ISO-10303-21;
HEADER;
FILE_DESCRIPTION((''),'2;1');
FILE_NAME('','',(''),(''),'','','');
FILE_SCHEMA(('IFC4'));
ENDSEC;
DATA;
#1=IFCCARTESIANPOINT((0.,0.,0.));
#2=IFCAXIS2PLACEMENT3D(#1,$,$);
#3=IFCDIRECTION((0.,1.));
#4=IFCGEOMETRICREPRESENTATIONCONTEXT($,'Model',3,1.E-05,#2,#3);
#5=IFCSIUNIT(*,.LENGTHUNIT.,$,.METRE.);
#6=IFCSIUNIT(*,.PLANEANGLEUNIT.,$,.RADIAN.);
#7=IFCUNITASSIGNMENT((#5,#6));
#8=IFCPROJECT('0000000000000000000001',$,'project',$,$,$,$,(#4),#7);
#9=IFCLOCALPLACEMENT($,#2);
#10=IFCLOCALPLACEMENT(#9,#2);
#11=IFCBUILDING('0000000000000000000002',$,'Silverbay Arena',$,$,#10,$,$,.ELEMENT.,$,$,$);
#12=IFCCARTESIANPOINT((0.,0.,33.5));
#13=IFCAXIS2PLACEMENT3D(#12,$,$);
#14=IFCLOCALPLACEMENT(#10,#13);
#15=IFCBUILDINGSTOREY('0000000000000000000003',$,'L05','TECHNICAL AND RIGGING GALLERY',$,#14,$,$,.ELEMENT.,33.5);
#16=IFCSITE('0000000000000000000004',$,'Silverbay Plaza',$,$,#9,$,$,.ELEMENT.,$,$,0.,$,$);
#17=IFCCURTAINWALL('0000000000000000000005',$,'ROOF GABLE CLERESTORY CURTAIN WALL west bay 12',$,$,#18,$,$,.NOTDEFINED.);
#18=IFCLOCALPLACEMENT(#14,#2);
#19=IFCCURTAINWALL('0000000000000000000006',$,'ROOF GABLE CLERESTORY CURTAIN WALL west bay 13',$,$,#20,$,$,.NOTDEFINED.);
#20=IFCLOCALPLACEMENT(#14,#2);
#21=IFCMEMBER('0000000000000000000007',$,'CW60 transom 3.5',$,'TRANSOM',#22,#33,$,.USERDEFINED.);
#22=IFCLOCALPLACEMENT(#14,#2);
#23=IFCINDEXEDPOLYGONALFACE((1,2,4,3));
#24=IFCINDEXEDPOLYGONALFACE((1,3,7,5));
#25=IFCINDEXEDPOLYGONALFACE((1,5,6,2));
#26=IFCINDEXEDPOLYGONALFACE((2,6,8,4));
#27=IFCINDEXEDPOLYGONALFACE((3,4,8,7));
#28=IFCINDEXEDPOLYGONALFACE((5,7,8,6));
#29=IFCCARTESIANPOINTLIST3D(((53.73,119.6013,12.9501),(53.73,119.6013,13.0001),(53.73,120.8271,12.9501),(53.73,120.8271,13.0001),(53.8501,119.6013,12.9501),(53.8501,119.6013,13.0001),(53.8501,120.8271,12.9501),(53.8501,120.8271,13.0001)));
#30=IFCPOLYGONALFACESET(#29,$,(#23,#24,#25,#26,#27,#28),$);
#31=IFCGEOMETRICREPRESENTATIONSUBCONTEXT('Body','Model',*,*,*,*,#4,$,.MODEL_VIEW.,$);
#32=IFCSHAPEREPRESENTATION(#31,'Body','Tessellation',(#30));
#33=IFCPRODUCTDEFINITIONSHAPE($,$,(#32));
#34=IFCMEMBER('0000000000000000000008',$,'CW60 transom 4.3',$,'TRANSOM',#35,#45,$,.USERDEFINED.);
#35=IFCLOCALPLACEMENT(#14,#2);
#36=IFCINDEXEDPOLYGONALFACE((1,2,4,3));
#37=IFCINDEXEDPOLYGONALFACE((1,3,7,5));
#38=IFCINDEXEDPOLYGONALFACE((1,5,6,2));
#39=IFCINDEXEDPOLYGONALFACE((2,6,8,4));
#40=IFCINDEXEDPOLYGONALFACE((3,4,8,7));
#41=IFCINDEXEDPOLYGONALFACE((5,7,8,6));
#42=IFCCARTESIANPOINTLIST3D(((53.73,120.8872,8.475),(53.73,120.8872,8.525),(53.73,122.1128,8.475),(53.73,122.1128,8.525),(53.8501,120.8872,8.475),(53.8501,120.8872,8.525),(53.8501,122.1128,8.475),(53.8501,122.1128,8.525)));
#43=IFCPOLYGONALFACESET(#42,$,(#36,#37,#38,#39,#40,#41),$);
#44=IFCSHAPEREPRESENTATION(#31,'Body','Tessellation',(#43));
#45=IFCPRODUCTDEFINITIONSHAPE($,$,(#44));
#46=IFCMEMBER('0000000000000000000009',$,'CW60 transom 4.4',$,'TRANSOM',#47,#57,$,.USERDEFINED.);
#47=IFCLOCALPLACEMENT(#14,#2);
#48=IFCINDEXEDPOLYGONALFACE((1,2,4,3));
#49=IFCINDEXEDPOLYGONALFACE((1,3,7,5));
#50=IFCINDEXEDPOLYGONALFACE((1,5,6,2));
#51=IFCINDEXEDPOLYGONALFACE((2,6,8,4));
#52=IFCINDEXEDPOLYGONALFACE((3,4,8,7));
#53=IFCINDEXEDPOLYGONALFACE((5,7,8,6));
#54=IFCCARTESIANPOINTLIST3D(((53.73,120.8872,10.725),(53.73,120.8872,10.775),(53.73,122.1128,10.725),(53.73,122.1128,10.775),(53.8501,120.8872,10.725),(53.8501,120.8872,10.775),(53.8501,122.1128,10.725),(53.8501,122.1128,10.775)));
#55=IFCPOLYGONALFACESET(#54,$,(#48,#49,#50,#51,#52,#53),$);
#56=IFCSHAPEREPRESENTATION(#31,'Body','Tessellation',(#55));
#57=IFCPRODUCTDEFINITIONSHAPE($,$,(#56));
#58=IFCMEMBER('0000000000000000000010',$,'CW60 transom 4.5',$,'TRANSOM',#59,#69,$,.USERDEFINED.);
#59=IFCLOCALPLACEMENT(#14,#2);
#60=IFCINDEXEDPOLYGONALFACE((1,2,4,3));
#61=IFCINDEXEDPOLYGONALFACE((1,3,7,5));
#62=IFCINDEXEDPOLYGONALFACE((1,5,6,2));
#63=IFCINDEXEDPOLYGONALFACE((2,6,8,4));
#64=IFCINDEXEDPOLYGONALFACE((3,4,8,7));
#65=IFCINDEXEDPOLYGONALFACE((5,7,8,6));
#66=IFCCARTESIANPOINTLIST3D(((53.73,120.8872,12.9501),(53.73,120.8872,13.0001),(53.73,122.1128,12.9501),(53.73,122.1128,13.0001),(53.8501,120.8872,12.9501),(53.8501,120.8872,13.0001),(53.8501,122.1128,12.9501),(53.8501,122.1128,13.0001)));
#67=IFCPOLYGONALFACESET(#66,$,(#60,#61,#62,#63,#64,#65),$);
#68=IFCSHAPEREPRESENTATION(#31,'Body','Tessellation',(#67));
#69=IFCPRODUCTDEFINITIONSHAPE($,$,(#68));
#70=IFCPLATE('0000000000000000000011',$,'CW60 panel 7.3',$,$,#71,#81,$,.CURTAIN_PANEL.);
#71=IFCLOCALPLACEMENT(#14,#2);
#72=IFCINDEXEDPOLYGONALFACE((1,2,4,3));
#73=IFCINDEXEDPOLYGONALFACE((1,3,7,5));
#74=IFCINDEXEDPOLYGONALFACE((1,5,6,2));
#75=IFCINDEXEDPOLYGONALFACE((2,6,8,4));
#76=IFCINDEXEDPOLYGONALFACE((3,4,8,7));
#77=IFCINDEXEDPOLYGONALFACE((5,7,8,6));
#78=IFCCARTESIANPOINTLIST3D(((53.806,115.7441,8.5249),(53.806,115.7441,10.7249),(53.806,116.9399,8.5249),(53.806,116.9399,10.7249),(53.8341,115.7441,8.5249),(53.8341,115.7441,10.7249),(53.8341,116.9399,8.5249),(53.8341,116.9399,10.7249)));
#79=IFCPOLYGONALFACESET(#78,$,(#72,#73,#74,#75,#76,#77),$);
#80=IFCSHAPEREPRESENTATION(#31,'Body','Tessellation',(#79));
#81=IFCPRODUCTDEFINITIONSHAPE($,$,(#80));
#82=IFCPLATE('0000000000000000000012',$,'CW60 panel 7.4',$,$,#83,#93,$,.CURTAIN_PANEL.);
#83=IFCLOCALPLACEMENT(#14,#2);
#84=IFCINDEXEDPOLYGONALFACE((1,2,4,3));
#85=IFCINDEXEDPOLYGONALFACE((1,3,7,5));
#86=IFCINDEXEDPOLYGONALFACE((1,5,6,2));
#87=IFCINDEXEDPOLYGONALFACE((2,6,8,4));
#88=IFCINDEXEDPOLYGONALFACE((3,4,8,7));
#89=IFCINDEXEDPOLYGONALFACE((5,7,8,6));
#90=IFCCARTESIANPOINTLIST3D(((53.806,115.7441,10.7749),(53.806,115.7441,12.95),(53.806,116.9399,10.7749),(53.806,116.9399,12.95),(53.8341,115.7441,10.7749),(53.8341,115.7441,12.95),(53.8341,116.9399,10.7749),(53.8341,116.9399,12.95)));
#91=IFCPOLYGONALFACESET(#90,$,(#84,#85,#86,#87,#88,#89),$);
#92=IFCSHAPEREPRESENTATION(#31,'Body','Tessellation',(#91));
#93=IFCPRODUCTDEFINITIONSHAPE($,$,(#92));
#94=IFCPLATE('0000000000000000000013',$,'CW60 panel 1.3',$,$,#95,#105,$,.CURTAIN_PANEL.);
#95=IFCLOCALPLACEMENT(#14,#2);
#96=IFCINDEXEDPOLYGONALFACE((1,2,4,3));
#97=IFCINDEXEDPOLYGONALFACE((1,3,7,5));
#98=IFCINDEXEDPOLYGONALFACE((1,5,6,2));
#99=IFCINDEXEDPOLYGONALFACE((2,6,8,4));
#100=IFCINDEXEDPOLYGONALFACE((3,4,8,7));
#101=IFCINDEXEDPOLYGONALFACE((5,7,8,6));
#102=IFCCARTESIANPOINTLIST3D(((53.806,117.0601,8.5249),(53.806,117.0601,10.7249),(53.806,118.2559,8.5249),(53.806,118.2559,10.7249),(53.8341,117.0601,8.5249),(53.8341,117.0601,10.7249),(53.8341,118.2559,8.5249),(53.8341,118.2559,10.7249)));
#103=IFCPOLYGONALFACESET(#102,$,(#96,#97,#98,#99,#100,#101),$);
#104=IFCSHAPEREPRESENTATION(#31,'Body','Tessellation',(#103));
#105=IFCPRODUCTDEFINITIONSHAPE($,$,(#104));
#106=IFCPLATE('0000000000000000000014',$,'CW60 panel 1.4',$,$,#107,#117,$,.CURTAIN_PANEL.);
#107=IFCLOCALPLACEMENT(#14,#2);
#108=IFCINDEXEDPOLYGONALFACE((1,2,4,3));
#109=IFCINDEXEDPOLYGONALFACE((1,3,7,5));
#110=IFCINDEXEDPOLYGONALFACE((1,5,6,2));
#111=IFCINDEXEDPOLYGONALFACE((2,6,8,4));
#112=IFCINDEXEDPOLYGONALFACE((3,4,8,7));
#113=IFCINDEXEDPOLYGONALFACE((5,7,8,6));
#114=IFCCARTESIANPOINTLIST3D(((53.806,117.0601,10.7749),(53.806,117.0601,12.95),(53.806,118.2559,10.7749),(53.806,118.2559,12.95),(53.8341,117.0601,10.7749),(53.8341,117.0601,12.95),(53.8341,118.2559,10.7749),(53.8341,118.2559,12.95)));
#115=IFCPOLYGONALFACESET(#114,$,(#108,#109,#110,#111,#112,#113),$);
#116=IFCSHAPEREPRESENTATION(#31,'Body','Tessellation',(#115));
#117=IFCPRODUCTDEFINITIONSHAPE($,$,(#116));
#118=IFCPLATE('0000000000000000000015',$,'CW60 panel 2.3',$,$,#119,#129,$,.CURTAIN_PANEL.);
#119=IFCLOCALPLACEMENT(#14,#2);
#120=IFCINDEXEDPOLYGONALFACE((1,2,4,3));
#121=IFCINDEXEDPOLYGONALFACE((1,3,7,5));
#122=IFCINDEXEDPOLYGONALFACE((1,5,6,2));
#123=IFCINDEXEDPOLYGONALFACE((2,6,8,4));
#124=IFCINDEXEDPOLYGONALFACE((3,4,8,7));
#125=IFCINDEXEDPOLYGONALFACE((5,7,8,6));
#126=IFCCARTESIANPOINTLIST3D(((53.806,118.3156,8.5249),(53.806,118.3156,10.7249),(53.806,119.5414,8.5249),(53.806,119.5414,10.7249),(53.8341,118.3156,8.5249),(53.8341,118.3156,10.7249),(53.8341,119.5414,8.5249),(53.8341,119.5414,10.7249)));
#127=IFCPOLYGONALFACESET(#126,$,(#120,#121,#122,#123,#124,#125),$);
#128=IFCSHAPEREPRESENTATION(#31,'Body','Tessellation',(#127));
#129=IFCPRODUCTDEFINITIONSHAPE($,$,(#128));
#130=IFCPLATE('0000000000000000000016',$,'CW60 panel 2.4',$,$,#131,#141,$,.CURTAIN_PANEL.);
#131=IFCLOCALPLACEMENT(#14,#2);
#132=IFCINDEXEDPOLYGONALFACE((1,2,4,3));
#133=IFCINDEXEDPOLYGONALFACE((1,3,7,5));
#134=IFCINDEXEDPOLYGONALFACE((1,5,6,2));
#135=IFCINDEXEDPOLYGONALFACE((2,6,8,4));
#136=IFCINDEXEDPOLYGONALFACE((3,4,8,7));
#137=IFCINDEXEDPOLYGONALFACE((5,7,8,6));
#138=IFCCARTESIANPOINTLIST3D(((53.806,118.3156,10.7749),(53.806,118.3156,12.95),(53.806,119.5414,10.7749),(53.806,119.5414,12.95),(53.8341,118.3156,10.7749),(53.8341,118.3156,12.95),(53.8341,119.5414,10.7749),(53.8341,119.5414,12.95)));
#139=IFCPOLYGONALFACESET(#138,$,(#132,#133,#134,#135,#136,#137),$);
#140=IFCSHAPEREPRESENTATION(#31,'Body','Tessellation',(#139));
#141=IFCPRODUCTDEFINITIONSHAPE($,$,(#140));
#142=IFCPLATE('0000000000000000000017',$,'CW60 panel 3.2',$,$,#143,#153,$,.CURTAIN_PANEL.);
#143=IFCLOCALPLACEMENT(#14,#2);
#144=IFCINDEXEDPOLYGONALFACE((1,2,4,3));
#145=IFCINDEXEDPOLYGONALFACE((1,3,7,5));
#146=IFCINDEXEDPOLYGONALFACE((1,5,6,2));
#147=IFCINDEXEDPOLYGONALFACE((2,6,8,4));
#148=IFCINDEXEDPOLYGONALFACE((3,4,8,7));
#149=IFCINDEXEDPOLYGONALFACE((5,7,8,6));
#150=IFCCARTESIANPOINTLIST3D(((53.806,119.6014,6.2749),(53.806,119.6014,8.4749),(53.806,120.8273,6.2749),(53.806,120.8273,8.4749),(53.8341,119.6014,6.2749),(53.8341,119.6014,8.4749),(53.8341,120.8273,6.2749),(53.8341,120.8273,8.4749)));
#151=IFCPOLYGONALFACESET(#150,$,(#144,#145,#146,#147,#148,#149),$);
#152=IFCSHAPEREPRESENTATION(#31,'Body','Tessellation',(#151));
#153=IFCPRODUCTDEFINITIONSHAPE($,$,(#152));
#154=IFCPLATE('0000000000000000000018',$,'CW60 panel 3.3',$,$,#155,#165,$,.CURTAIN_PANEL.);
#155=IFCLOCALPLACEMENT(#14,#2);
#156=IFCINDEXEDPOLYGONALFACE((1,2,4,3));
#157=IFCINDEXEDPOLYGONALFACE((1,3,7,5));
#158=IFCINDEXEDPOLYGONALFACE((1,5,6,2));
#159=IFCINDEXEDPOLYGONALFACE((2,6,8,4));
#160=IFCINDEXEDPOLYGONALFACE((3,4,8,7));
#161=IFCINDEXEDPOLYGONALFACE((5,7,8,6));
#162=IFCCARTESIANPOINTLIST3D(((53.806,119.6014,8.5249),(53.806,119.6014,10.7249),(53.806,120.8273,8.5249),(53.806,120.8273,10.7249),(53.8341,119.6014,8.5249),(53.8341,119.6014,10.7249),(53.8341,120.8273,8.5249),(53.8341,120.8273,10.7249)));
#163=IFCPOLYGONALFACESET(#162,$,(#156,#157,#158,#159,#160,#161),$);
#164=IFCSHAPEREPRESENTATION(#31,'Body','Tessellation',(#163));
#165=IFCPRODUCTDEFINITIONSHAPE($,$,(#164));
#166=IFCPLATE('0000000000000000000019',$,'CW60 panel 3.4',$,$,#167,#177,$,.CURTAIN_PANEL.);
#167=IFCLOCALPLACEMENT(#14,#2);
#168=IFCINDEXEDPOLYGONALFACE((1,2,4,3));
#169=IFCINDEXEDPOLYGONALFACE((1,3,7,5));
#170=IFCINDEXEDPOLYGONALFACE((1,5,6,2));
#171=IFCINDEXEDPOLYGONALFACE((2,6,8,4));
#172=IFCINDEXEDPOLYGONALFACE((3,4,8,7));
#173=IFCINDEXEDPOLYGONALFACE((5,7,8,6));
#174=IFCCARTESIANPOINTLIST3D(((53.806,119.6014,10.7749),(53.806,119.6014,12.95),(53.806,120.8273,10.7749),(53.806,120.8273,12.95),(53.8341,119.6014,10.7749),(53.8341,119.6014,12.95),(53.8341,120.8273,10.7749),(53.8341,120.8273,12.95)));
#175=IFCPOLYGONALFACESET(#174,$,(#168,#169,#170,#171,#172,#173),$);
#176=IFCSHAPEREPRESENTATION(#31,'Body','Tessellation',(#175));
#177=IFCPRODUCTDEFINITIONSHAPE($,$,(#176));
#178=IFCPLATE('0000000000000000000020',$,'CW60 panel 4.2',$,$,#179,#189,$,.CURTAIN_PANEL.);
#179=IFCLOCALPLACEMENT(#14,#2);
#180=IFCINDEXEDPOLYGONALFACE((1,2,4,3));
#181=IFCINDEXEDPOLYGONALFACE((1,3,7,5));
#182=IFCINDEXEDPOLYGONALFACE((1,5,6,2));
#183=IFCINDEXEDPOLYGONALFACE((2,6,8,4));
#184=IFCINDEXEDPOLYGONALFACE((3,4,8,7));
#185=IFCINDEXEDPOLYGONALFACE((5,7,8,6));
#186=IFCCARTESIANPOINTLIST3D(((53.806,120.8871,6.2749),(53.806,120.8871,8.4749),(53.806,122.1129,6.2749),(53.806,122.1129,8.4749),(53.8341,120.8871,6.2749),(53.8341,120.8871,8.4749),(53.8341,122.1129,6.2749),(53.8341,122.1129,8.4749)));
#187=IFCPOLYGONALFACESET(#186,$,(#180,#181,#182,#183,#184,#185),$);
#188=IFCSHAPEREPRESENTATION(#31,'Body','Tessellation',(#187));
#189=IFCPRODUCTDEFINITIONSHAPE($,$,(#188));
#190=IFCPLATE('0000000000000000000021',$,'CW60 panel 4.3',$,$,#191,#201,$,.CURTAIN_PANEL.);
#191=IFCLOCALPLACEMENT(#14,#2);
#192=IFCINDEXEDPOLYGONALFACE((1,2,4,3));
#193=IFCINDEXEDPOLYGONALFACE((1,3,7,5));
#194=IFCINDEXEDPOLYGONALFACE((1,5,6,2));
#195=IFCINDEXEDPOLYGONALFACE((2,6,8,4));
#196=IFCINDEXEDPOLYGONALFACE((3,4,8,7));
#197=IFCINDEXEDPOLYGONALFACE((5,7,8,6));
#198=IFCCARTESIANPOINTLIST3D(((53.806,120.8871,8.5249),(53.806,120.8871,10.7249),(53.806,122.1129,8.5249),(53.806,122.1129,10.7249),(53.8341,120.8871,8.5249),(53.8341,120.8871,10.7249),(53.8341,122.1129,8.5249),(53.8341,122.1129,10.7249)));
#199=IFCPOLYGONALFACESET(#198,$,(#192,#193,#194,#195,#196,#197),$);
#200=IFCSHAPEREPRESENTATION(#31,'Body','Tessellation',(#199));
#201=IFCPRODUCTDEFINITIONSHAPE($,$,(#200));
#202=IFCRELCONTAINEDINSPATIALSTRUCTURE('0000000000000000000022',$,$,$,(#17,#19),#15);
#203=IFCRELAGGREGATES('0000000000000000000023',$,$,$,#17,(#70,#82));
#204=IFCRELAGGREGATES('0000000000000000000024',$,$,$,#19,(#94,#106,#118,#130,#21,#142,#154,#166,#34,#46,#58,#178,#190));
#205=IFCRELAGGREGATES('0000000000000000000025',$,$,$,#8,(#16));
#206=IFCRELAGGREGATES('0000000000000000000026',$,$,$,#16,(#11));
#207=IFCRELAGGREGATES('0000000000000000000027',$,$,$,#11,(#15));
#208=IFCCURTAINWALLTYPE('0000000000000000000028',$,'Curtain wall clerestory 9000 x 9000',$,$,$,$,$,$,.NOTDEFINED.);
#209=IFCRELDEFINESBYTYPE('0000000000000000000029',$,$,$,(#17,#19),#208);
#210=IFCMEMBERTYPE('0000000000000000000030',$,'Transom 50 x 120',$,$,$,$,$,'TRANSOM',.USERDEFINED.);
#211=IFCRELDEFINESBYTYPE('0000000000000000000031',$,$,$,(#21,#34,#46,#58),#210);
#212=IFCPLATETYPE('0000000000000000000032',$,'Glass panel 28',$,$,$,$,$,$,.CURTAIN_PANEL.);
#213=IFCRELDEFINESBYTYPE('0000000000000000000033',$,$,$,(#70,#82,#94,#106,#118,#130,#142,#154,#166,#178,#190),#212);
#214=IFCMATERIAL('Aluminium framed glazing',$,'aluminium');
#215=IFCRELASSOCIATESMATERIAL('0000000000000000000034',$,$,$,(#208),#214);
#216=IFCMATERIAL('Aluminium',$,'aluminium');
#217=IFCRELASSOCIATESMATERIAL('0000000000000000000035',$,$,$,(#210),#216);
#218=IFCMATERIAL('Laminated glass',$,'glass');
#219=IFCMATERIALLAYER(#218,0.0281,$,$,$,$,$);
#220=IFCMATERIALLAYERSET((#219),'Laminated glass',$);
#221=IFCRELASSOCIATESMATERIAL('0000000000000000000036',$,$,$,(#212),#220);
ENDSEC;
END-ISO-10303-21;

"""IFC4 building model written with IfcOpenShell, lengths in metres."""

from ifc_helpers import new_model, si_unit, direction, frame, origin, origin_2d, place, context, subcontext, project, spatial, rectangle, extrude, material, layer, layer_set, material_profile, profile_set, type_object, element, aggregate, save


model = new_model("IFC4")

# Units and contexts
model_context = context("Model", 3, precision=1e-05, world=origin(), true_north=direction((0.0, 1.0)))
body_context = subcontext(model_context, "Body", "Model", "MODEL_VIEW")
ifc_project = project(units=[si_unit("LENGTHUNIT", "METRE"), si_unit("PLANEANGLEUNIT", "RADIAN")], contexts=[model_context])

# Site, building, storey
site_placement = place(None, origin())
site = spatial("IfcSite", under=ifc_project, at=site_placement, Name="Silverbay Plaza", CompositionType="ELEMENT", RefElevation=0.0)
building_placement = place(site_placement, origin())
building = spatial("IfcBuilding", under=site, at=building_placement, Name="Silverbay Arena", CompositionType="ELEMENT")
storey_placement = place(building_placement, frame((0.0, 0.0, 33.5)))
storey = spatial("IfcBuildingStorey", under=building, at=storey_placement, Name="L05", Description="TECHNICAL AND RIGGING GALLERY", CompositionType="ELEMENT", Elevation=33.5)

# Curtain walls, members
ifc_material_1 = material(Name="Aluminium framed glazing", Category="aluminium")
curtain_wall_type = type_object("IfcCurtainWallType", Name="Curtain wall clerestory 9000 x 9000", PredefinedType="NOTDEFINED", material=ifc_material_1)
curtain_wall_1_placement = place(storey_placement, origin())
curtain_wall_1 = element("IfcCurtainWall", 1, at=curtain_wall_1_placement, inside=storey, type_object=curtain_wall_type, Name="ROOF GABLE CLERESTORY CURTAIN WALL west bay 12", PredefinedType="NOTDEFINED")
ifc_material_2 = material(Name="Aluminium", Category="aluminium")
ifc_material_profile_1 = material_profile(ifc_material_2, rectangle(XDim=0.1201, YDim=0.05, at=origin_2d()), Name="Transom 50 x 120")
ifc_profile_set_1 = profile_set([ifc_material_profile_1], Name="Aluminium")
member_type_1 = type_object("IfcMemberType", Name="Transom 50 x 120", ElementType="TRANSOM", PredefinedType="USERDEFINED", material=ifc_profile_set_1)
curtain_wall_2_placement = place(storey_placement, origin())
curtain_wall_2 = element("IfcCurtainWall", 2, at=curtain_wall_2_placement, inside=storey, type_object=curtain_wall_type, Name="ROOF GABLE CLERESTORY CURTAIN WALL west bay 13", PredefinedType="NOTDEFINED")
member_1_placement = place(storey_placement, frame((53.79, 119.6013, 12.9751), z_axis=(0.0, 1.0, 0.0), x_axis=(-1.0, 0.0, 0.0)))
member_1 = element("IfcMember", 3, at=member_1_placement, type_object=member_type_1, Name="CW60 transom 3.5", ObjectType="TRANSOM", PredefinedType="USERDEFINED", context=body_context, shape_type="SweptSolid", body=[
    extrude(rectangle(XDim=0.1201, YDim=0.05, at=origin_2d()), origin(), (0.0, 0.0, 1.0), 1.2258),
])
member_2_placement = place(storey_placement, frame((53.79, 120.8872, 8.5), z_axis=(0.0, 1.0, 0.0), x_axis=(-1.0, 0.0, 0.0)))
member_2 = element("IfcMember", 4, at=member_2_placement, type_object=member_type_1, Name="CW60 transom 4.3", ObjectType="TRANSOM", PredefinedType="USERDEFINED", context=body_context, shape_type="SweptSolid", body=[
    extrude(rectangle(XDim=0.1201, YDim=0.05, at=origin_2d()), origin(), (0.0, 0.0, 1.0), 1.2256),
])
member_3_placement = place(storey_placement, frame((53.79, 120.8872, 10.75), z_axis=(0.0, 1.0, 0.0), x_axis=(-1.0, 0.0, 0.0)))
member_3 = element("IfcMember", 5, at=member_3_placement, type_object=member_type_1, Name="CW60 transom 4.4", ObjectType="TRANSOM", PredefinedType="USERDEFINED", context=body_context, shape_type="SweptSolid", body=[
    extrude(rectangle(XDim=0.1201, YDim=0.05, at=origin_2d()), origin(), (0.0, 0.0, 1.0), 1.2256),
])
member_4_placement = place(storey_placement, frame((53.79, 120.8872, 12.9751), z_axis=(0.0, 1.0, 0.0), x_axis=(-1.0, 0.0, 0.0)))
member_4 = element("IfcMember", 6, at=member_4_placement, type_object=member_type_1, Name="CW60 transom 4.5", ObjectType="TRANSOM", PredefinedType="USERDEFINED", context=body_context, shape_type="SweptSolid", body=[
    extrude(rectangle(XDim=0.1201, YDim=0.05, at=origin_2d()), origin(), (0.0, 0.0, 1.0), 1.2256),
])

# Plates
ifc_material_3 = material(Name="Laminated glass", Category="glass")
ifc_layer = layer(ifc_material_3, 0.0281)
ifc_layer_set = layer_set([ifc_layer], Name="Laminated glass")
plate_type = type_object("IfcPlateType", Name="Glass panel 28", PredefinedType="CURTAIN_PANEL", material=ifc_layer_set)
plate_1_placement = place(storey_placement, frame((53.8201, 116.342, 8.5249), z_axis=(0.0, 0.0, 1.0), x_axis=(0.0, 1.0, 0.0)))
plate_1 = element("IfcPlate", 7, at=plate_1_placement, type_object=plate_type, Name="CW60 panel 7.3", PredefinedType="CURTAIN_PANEL", context=body_context, shape_type="SweptSolid", body=[
    extrude(rectangle(XDim=1.1958, YDim=0.0281, at=origin_2d()), origin(), (0.0, 0.0, 1.0), 2.2),
])
plate_2_placement = place(storey_placement, frame((53.8201, 116.342, 10.7749), z_axis=(0.0, 0.0, 1.0), x_axis=(0.0, 1.0, 0.0)))
plate_2 = element("IfcPlate", 8, at=plate_2_placement, type_object=plate_type, Name="CW60 panel 7.4", PredefinedType="CURTAIN_PANEL", context=body_context, shape_type="SweptSolid", body=[
    extrude(rectangle(XDim=1.1958, YDim=0.0281, at=origin_2d()), origin(), (0.0, 0.0, 1.0), 2.175),
])
aggregate(curtain_wall_1, [plate_1, plate_2])
plate_3_placement = place(storey_placement, frame((53.8201, 117.658, 8.5249), z_axis=(0.0, 0.0, 1.0), x_axis=(0.0, 1.0, 0.0)))
plate_3 = element("IfcPlate", 9, at=plate_3_placement, type_object=plate_type, Name="CW60 panel 1.3", PredefinedType="CURTAIN_PANEL", context=body_context, shape_type="SweptSolid", body=[
    extrude(rectangle(XDim=1.1958, YDim=0.0281, at=origin_2d()), origin(), (0.0, 0.0, 1.0), 2.2),
])
plate_4_placement = place(storey_placement, frame((53.8201, 117.658, 10.7749), z_axis=(0.0, 0.0, 1.0), x_axis=(0.0, 1.0, 0.0)))
plate_4 = element("IfcPlate", 10, at=plate_4_placement, type_object=plate_type, Name="CW60 panel 1.4", PredefinedType="CURTAIN_PANEL", context=body_context, shape_type="SweptSolid", body=[
    extrude(rectangle(XDim=1.1958, YDim=0.0281, at=origin_2d()), origin(), (0.0, 0.0, 1.0), 2.175),
])
plate_5_placement = place(storey_placement, frame((53.8201, 118.9285, 8.5249), z_axis=(0.0, 0.0, 1.0), x_axis=(0.0, 1.0, 0.0)))
plate_5 = element("IfcPlate", 11, at=plate_5_placement, type_object=plate_type, Name="CW60 panel 2.3", PredefinedType="CURTAIN_PANEL", context=body_context, shape_type="SweptSolid", body=[
    extrude(rectangle(XDim=1.2258, YDim=0.0281, at=origin_2d()), origin(), (0.0, 0.0, 1.0), 2.2),
])
plate_6_placement = place(storey_placement, frame((53.8201, 118.9285, 10.7749), z_axis=(0.0, 0.0, 1.0), x_axis=(0.0, 1.0, 0.0)))
plate_6 = element("IfcPlate", 12, at=plate_6_placement, type_object=plate_type, Name="CW60 panel 2.4", PredefinedType="CURTAIN_PANEL", context=body_context, shape_type="SweptSolid", body=[
    extrude(rectangle(XDim=1.2258, YDim=0.0281, at=origin_2d()), origin(), (0.0, 0.0, 1.0), 2.175),
])
plate_7_placement = place(storey_placement, frame((53.8201, 120.2144, 6.2749), z_axis=(0.0, 0.0, 1.0), x_axis=(0.0, 1.0, 0.0)))
plate_7 = element("IfcPlate", 13, at=plate_7_placement, type_object=plate_type, Name="CW60 panel 3.2", PredefinedType="CURTAIN_PANEL", context=body_context, shape_type="SweptSolid", body=[
    extrude(rectangle(XDim=1.2258, YDim=0.0281, at=origin_2d()), origin(), (0.0, 0.0, 1.0), 2.2),
])
plate_8_placement = place(storey_placement, frame((53.8201, 120.2144, 8.5249), z_axis=(0.0, 0.0, 1.0), x_axis=(0.0, 1.0, 0.0)))
plate_8 = element("IfcPlate", 14, at=plate_8_placement, type_object=plate_type, Name="CW60 panel 3.3", PredefinedType="CURTAIN_PANEL", context=body_context, shape_type="SweptSolid", body=[
    extrude(rectangle(XDim=1.2258, YDim=0.0281, at=origin_2d()), origin(), (0.0, 0.0, 1.0), 2.2),
])
plate_9_placement = place(storey_placement, frame((53.8201, 120.2144, 10.7749), z_axis=(0.0, 0.0, 1.0), x_axis=(0.0, 1.0, 0.0)))
plate_9 = element("IfcPlate", 15, at=plate_9_placement, type_object=plate_type, Name="CW60 panel 3.4", PredefinedType="CURTAIN_PANEL", context=body_context, shape_type="SweptSolid", body=[
    extrude(rectangle(XDim=1.2258, YDim=0.0281, at=origin_2d()), origin(), (0.0, 0.0, 1.0), 2.175),
])
plate_10_placement = place(storey_placement, frame((53.8201, 121.5, 6.2749), z_axis=(0.0, 0.0, 1.0), x_axis=(0.0, 1.0, 0.0)))
plate_10 = element("IfcPlate", 16, at=plate_10_placement, type_object=plate_type, Name="CW60 panel 4.2", PredefinedType="CURTAIN_PANEL", context=body_context, shape_type="SweptSolid", body=[
    extrude(rectangle(XDim=1.2258, YDim=0.0281, at=origin_2d()), origin(), (0.0, 0.0, 1.0), 2.2),
])
plate_11_placement = place(storey_placement, frame((53.8201, 121.5, 8.5249), z_axis=(0.0, 0.0, 1.0), x_axis=(0.0, 1.0, 0.0)))
plate_11 = element("IfcPlate", 17, at=plate_11_placement, type_object=plate_type, Name="CW60 panel 4.3", PredefinedType="CURTAIN_PANEL", context=body_context, shape_type="SweptSolid", body=[
    extrude(rectangle(XDim=1.2258, YDim=0.0281, at=origin_2d()), origin(), (0.0, 0.0, 1.0), 2.2),
])
aggregate(curtain_wall_2, [plate_3, plate_4, plate_5, plate_6, member_1, plate_7, plate_8, plate_9, member_2, member_3, member_4, plate_10, plate_11])

save(model, "model.ifc")
